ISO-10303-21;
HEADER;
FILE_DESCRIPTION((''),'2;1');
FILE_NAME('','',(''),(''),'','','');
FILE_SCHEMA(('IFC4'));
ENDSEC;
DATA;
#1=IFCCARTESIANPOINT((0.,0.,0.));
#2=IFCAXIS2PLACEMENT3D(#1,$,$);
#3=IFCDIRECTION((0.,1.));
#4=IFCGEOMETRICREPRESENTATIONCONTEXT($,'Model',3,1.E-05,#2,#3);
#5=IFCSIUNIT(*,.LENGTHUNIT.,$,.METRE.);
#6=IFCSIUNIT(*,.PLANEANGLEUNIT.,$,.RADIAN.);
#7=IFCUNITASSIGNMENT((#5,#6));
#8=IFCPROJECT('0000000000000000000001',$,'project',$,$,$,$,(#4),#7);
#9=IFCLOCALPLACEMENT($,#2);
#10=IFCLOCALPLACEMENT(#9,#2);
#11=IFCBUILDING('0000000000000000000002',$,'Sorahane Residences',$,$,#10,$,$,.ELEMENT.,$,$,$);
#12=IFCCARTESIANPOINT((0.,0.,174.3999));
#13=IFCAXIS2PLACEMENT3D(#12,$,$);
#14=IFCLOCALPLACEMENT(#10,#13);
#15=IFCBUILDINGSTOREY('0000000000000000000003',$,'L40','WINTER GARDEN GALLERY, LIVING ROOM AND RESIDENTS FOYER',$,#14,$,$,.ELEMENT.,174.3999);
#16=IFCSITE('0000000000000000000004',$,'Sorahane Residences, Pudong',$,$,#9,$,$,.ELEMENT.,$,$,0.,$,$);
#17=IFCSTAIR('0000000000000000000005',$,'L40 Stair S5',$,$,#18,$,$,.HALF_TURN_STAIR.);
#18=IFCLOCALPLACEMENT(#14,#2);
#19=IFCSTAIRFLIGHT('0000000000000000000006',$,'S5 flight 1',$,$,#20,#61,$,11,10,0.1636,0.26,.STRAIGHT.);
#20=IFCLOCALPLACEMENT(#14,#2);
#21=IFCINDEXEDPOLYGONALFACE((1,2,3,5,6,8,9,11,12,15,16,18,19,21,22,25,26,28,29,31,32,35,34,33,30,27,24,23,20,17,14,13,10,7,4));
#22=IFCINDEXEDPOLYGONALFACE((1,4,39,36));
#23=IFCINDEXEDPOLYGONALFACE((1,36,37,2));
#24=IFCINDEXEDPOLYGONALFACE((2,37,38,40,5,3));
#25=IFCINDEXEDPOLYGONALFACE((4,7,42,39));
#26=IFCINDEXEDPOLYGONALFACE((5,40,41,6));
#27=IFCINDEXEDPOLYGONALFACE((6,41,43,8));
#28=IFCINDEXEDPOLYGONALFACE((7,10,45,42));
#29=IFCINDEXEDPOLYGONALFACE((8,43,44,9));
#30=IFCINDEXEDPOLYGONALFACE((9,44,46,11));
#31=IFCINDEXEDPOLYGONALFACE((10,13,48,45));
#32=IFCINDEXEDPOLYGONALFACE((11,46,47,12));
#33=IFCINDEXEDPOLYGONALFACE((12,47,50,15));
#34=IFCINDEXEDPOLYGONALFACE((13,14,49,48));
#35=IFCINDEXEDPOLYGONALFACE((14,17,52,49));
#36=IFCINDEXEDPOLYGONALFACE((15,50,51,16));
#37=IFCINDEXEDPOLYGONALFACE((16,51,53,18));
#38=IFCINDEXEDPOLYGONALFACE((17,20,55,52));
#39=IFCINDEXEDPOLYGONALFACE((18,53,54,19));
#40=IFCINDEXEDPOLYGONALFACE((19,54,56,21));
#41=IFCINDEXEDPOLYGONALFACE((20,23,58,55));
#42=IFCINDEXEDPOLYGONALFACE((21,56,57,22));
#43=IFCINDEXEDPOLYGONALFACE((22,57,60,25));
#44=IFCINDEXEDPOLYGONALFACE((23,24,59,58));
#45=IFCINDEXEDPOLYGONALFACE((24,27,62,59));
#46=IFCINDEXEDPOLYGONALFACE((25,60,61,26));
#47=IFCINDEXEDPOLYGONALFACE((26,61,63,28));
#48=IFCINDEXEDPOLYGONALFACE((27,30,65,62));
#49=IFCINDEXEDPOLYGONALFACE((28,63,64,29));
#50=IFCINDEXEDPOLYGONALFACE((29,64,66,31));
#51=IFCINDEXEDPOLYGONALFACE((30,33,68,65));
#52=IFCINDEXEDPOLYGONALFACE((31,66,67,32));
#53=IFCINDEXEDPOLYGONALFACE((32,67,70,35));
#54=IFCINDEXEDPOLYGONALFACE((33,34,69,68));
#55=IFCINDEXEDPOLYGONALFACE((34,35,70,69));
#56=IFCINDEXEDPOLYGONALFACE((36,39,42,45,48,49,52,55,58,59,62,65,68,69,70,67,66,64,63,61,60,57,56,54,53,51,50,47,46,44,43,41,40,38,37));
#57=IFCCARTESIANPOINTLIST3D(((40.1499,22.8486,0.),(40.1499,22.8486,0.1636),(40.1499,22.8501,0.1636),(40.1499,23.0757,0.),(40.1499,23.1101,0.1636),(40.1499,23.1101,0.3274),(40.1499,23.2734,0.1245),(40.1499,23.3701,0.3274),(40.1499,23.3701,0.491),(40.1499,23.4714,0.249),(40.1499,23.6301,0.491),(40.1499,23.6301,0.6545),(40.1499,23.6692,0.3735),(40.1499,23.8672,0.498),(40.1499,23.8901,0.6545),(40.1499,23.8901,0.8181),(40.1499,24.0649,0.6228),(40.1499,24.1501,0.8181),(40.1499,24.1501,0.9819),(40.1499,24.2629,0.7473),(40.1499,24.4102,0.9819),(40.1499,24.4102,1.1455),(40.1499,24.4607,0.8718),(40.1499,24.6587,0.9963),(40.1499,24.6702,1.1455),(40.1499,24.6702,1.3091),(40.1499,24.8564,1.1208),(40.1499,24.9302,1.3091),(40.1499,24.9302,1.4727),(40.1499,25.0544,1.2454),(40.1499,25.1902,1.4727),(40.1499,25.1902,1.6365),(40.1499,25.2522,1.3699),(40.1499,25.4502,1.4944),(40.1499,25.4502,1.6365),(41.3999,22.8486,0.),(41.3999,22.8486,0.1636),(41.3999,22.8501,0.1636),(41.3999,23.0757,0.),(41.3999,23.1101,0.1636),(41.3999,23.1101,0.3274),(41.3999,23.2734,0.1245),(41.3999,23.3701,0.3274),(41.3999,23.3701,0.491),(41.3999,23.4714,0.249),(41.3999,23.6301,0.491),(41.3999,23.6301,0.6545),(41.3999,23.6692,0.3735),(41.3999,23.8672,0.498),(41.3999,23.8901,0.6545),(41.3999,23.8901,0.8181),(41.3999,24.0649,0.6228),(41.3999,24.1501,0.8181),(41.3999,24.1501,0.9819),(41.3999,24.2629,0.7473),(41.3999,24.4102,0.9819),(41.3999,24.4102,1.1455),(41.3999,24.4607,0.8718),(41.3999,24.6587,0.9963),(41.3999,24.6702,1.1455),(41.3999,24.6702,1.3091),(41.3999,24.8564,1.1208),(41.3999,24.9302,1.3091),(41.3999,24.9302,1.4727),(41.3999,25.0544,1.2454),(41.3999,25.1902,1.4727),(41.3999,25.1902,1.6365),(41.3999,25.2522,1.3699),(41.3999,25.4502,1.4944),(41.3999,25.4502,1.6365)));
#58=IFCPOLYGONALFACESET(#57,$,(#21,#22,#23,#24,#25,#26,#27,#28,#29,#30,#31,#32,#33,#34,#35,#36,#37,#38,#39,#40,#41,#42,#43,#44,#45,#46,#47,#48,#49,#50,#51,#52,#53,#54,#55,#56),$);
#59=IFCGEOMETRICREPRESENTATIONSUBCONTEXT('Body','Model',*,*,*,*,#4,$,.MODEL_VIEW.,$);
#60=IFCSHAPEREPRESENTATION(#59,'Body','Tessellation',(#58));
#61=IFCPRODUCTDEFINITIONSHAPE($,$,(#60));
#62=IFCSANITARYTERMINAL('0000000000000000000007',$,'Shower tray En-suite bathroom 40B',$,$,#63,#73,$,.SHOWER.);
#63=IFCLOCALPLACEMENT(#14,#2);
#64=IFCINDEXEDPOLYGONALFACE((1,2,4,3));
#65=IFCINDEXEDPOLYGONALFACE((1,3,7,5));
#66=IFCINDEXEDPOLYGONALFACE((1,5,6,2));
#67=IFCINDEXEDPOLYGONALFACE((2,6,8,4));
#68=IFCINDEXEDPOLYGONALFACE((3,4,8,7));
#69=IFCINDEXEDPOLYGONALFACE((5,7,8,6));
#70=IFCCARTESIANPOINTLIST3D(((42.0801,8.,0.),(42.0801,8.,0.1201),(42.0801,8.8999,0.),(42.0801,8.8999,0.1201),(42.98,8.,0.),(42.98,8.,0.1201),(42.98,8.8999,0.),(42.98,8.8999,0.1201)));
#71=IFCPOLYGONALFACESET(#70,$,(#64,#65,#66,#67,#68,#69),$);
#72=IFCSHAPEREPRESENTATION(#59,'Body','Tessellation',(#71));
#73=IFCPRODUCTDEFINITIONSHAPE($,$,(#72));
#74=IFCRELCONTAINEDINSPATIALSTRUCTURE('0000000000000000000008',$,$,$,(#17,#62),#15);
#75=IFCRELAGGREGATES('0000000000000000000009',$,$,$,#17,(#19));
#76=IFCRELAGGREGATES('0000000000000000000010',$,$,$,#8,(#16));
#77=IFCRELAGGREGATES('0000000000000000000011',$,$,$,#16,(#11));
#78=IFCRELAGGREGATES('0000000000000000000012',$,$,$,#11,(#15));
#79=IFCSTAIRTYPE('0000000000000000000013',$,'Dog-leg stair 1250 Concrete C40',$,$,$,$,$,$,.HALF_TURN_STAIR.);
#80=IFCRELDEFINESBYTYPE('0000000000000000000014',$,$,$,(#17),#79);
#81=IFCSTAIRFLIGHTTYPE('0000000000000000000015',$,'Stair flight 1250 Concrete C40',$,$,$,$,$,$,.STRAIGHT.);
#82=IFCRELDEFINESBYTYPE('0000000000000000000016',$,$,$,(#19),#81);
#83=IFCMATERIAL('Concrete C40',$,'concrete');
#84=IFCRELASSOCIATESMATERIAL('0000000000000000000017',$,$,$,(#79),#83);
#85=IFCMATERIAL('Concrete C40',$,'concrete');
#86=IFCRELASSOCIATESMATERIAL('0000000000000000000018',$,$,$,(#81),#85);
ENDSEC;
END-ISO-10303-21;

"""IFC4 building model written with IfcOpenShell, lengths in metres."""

from ifc_helpers import new_model, si_unit, direction, frame, origin, origin_2d, place, context, subcontext, project, spatial, polyline, rectangle, outline, extrude, material, type_object, element, aggregate, save


model = new_model("IFC4")

# Units and contexts
model_context = context("Model", 3, precision=1e-05, world=origin(), true_north=direction((0.0, 1.0)))
body_context = subcontext(model_context, "Body", "Model", "MODEL_VIEW")
ifc_project = project(units=[si_unit("LENGTHUNIT", "METRE"), si_unit("PLANEANGLEUNIT", "RADIAN")], contexts=[model_context])

# Site, building, storey
site_placement = place(None, origin())
site = spatial("IfcSite", under=ifc_project, at=site_placement, Name="Sorahane Residences, Pudong", CompositionType="ELEMENT", RefElevation=0.0)
building_placement = place(site_placement, origin())
building = spatial("IfcBuilding", under=site, at=building_placement, Name="Sorahane Residences", CompositionType="ELEMENT")
storey_placement = place(building_placement, frame((0.0, 0.0, 174.3999)))
storey = spatial("IfcBuildingStorey", under=building, at=storey_placement, Name="L40", Description="WINTER GARDEN GALLERY, LIVING ROOM AND RESIDENTS FOYER", CompositionType="ELEMENT", Elevation=174.3999)

# Stair, stair flight
ifc_material_1 = material(Name="Concrete C40", Category="concrete")
stair_type = type_object("IfcStairType", Name="Dog-leg stair 1250 Concrete C40", PredefinedType="HALF_TURN_STAIR", material=ifc_material_1)
stair_placement = place(storey_placement, origin())
stair = element("IfcStair", 1, at=stair_placement, inside=storey, type_object=stair_type, Name="L40 Stair S5", PredefinedType="HALF_TURN_STAIR")
ifc_material_2 = material(Name="Concrete C40", Category="concrete")
stair_flight_type = type_object("IfcStairFlightType", Name="Stair flight 1250 Concrete C40", PredefinedType="STRAIGHT", material=ifc_material_2)
stair_flight_placement = place(storey_placement, frame((40.7749, 22.8501, 0.0), z_axis=(0.0, 0.0, 1.0), x_axis=(0.0, 1.0, 0.0)))
stair_flight = element("IfcStairFlight", 2, at=stair_flight_placement, type_object=stair_flight_type, Name="S5 flight 1", NumberOfRisers=11, NumberOfTreads=10, PredefinedType="STRAIGHT", RiserHeight=0.1636, TreadLength=0.26, context=body_context, shape_type="SweptSolid", body=[
    extrude(outline(polyline([(-0.0015, 0.0), (-0.0015, 0.1636), (0.0, 0.1636), (0.26, 0.1636), (0.26, 0.3274), (0.52, 0.3274), (0.52, 0.491), (0.78, 0.491), (0.78, 0.6545), (1.04, 0.6545), (1.04, 0.8181), (1.3, 0.8181), (1.3, 0.9819), (1.5601, 0.9819), (1.5601, 1.1455), (1.8201, 1.1455), (1.8201, 1.3091), (2.0801, 1.3091), (2.0801, 1.4727), (2.3401, 1.4727), (2.3401, 1.6365), (2.6001, 1.6365), (2.6001, 1.8), (2.6001, 1.4944), (2.4021, 1.3699), (2.2043, 1.2454), (2.0063, 1.1208), (1.8086, 0.9963), (1.6106, 0.8718), (1.4128, 0.7473), (1.2148, 0.6228), (1.0171, 0.498), (0.8191, 0.3735), (0.6213, 0.249), (0.4233, 0.1245), (0.2256, 0.0), (-0.0015, 0.0)])), frame((0.0, 0.625, 0.0), z_axis=(0.0, -1.0, 0.0), x_axis=(1.0, 0.0, 0.0)), (0.0, 0.0, 1.0), 1.25),
])
aggregate(stair, [stair_flight])

# Sanitary terminal
sanitary_terminal_placement = place(storey_placement, frame((42.53, 8.45, 0.0), z_axis=(0.0, 0.0, 1.0), x_axis=(1.0, 0.0, 0.0)))
element("IfcSanitaryTerminal", 3, at=sanitary_terminal_placement, inside=storey, Name="Shower tray En-suite bathroom 40B", PredefinedType="SHOWER", context=body_context, shape_type="SweptSolid", body=[
    extrude(rectangle(XDim=0.8999, YDim=0.8999, at=origin_2d()), origin(), (0.0, 0.0, 1.0), 0.1201),
])

save(model, "model.ifc")
